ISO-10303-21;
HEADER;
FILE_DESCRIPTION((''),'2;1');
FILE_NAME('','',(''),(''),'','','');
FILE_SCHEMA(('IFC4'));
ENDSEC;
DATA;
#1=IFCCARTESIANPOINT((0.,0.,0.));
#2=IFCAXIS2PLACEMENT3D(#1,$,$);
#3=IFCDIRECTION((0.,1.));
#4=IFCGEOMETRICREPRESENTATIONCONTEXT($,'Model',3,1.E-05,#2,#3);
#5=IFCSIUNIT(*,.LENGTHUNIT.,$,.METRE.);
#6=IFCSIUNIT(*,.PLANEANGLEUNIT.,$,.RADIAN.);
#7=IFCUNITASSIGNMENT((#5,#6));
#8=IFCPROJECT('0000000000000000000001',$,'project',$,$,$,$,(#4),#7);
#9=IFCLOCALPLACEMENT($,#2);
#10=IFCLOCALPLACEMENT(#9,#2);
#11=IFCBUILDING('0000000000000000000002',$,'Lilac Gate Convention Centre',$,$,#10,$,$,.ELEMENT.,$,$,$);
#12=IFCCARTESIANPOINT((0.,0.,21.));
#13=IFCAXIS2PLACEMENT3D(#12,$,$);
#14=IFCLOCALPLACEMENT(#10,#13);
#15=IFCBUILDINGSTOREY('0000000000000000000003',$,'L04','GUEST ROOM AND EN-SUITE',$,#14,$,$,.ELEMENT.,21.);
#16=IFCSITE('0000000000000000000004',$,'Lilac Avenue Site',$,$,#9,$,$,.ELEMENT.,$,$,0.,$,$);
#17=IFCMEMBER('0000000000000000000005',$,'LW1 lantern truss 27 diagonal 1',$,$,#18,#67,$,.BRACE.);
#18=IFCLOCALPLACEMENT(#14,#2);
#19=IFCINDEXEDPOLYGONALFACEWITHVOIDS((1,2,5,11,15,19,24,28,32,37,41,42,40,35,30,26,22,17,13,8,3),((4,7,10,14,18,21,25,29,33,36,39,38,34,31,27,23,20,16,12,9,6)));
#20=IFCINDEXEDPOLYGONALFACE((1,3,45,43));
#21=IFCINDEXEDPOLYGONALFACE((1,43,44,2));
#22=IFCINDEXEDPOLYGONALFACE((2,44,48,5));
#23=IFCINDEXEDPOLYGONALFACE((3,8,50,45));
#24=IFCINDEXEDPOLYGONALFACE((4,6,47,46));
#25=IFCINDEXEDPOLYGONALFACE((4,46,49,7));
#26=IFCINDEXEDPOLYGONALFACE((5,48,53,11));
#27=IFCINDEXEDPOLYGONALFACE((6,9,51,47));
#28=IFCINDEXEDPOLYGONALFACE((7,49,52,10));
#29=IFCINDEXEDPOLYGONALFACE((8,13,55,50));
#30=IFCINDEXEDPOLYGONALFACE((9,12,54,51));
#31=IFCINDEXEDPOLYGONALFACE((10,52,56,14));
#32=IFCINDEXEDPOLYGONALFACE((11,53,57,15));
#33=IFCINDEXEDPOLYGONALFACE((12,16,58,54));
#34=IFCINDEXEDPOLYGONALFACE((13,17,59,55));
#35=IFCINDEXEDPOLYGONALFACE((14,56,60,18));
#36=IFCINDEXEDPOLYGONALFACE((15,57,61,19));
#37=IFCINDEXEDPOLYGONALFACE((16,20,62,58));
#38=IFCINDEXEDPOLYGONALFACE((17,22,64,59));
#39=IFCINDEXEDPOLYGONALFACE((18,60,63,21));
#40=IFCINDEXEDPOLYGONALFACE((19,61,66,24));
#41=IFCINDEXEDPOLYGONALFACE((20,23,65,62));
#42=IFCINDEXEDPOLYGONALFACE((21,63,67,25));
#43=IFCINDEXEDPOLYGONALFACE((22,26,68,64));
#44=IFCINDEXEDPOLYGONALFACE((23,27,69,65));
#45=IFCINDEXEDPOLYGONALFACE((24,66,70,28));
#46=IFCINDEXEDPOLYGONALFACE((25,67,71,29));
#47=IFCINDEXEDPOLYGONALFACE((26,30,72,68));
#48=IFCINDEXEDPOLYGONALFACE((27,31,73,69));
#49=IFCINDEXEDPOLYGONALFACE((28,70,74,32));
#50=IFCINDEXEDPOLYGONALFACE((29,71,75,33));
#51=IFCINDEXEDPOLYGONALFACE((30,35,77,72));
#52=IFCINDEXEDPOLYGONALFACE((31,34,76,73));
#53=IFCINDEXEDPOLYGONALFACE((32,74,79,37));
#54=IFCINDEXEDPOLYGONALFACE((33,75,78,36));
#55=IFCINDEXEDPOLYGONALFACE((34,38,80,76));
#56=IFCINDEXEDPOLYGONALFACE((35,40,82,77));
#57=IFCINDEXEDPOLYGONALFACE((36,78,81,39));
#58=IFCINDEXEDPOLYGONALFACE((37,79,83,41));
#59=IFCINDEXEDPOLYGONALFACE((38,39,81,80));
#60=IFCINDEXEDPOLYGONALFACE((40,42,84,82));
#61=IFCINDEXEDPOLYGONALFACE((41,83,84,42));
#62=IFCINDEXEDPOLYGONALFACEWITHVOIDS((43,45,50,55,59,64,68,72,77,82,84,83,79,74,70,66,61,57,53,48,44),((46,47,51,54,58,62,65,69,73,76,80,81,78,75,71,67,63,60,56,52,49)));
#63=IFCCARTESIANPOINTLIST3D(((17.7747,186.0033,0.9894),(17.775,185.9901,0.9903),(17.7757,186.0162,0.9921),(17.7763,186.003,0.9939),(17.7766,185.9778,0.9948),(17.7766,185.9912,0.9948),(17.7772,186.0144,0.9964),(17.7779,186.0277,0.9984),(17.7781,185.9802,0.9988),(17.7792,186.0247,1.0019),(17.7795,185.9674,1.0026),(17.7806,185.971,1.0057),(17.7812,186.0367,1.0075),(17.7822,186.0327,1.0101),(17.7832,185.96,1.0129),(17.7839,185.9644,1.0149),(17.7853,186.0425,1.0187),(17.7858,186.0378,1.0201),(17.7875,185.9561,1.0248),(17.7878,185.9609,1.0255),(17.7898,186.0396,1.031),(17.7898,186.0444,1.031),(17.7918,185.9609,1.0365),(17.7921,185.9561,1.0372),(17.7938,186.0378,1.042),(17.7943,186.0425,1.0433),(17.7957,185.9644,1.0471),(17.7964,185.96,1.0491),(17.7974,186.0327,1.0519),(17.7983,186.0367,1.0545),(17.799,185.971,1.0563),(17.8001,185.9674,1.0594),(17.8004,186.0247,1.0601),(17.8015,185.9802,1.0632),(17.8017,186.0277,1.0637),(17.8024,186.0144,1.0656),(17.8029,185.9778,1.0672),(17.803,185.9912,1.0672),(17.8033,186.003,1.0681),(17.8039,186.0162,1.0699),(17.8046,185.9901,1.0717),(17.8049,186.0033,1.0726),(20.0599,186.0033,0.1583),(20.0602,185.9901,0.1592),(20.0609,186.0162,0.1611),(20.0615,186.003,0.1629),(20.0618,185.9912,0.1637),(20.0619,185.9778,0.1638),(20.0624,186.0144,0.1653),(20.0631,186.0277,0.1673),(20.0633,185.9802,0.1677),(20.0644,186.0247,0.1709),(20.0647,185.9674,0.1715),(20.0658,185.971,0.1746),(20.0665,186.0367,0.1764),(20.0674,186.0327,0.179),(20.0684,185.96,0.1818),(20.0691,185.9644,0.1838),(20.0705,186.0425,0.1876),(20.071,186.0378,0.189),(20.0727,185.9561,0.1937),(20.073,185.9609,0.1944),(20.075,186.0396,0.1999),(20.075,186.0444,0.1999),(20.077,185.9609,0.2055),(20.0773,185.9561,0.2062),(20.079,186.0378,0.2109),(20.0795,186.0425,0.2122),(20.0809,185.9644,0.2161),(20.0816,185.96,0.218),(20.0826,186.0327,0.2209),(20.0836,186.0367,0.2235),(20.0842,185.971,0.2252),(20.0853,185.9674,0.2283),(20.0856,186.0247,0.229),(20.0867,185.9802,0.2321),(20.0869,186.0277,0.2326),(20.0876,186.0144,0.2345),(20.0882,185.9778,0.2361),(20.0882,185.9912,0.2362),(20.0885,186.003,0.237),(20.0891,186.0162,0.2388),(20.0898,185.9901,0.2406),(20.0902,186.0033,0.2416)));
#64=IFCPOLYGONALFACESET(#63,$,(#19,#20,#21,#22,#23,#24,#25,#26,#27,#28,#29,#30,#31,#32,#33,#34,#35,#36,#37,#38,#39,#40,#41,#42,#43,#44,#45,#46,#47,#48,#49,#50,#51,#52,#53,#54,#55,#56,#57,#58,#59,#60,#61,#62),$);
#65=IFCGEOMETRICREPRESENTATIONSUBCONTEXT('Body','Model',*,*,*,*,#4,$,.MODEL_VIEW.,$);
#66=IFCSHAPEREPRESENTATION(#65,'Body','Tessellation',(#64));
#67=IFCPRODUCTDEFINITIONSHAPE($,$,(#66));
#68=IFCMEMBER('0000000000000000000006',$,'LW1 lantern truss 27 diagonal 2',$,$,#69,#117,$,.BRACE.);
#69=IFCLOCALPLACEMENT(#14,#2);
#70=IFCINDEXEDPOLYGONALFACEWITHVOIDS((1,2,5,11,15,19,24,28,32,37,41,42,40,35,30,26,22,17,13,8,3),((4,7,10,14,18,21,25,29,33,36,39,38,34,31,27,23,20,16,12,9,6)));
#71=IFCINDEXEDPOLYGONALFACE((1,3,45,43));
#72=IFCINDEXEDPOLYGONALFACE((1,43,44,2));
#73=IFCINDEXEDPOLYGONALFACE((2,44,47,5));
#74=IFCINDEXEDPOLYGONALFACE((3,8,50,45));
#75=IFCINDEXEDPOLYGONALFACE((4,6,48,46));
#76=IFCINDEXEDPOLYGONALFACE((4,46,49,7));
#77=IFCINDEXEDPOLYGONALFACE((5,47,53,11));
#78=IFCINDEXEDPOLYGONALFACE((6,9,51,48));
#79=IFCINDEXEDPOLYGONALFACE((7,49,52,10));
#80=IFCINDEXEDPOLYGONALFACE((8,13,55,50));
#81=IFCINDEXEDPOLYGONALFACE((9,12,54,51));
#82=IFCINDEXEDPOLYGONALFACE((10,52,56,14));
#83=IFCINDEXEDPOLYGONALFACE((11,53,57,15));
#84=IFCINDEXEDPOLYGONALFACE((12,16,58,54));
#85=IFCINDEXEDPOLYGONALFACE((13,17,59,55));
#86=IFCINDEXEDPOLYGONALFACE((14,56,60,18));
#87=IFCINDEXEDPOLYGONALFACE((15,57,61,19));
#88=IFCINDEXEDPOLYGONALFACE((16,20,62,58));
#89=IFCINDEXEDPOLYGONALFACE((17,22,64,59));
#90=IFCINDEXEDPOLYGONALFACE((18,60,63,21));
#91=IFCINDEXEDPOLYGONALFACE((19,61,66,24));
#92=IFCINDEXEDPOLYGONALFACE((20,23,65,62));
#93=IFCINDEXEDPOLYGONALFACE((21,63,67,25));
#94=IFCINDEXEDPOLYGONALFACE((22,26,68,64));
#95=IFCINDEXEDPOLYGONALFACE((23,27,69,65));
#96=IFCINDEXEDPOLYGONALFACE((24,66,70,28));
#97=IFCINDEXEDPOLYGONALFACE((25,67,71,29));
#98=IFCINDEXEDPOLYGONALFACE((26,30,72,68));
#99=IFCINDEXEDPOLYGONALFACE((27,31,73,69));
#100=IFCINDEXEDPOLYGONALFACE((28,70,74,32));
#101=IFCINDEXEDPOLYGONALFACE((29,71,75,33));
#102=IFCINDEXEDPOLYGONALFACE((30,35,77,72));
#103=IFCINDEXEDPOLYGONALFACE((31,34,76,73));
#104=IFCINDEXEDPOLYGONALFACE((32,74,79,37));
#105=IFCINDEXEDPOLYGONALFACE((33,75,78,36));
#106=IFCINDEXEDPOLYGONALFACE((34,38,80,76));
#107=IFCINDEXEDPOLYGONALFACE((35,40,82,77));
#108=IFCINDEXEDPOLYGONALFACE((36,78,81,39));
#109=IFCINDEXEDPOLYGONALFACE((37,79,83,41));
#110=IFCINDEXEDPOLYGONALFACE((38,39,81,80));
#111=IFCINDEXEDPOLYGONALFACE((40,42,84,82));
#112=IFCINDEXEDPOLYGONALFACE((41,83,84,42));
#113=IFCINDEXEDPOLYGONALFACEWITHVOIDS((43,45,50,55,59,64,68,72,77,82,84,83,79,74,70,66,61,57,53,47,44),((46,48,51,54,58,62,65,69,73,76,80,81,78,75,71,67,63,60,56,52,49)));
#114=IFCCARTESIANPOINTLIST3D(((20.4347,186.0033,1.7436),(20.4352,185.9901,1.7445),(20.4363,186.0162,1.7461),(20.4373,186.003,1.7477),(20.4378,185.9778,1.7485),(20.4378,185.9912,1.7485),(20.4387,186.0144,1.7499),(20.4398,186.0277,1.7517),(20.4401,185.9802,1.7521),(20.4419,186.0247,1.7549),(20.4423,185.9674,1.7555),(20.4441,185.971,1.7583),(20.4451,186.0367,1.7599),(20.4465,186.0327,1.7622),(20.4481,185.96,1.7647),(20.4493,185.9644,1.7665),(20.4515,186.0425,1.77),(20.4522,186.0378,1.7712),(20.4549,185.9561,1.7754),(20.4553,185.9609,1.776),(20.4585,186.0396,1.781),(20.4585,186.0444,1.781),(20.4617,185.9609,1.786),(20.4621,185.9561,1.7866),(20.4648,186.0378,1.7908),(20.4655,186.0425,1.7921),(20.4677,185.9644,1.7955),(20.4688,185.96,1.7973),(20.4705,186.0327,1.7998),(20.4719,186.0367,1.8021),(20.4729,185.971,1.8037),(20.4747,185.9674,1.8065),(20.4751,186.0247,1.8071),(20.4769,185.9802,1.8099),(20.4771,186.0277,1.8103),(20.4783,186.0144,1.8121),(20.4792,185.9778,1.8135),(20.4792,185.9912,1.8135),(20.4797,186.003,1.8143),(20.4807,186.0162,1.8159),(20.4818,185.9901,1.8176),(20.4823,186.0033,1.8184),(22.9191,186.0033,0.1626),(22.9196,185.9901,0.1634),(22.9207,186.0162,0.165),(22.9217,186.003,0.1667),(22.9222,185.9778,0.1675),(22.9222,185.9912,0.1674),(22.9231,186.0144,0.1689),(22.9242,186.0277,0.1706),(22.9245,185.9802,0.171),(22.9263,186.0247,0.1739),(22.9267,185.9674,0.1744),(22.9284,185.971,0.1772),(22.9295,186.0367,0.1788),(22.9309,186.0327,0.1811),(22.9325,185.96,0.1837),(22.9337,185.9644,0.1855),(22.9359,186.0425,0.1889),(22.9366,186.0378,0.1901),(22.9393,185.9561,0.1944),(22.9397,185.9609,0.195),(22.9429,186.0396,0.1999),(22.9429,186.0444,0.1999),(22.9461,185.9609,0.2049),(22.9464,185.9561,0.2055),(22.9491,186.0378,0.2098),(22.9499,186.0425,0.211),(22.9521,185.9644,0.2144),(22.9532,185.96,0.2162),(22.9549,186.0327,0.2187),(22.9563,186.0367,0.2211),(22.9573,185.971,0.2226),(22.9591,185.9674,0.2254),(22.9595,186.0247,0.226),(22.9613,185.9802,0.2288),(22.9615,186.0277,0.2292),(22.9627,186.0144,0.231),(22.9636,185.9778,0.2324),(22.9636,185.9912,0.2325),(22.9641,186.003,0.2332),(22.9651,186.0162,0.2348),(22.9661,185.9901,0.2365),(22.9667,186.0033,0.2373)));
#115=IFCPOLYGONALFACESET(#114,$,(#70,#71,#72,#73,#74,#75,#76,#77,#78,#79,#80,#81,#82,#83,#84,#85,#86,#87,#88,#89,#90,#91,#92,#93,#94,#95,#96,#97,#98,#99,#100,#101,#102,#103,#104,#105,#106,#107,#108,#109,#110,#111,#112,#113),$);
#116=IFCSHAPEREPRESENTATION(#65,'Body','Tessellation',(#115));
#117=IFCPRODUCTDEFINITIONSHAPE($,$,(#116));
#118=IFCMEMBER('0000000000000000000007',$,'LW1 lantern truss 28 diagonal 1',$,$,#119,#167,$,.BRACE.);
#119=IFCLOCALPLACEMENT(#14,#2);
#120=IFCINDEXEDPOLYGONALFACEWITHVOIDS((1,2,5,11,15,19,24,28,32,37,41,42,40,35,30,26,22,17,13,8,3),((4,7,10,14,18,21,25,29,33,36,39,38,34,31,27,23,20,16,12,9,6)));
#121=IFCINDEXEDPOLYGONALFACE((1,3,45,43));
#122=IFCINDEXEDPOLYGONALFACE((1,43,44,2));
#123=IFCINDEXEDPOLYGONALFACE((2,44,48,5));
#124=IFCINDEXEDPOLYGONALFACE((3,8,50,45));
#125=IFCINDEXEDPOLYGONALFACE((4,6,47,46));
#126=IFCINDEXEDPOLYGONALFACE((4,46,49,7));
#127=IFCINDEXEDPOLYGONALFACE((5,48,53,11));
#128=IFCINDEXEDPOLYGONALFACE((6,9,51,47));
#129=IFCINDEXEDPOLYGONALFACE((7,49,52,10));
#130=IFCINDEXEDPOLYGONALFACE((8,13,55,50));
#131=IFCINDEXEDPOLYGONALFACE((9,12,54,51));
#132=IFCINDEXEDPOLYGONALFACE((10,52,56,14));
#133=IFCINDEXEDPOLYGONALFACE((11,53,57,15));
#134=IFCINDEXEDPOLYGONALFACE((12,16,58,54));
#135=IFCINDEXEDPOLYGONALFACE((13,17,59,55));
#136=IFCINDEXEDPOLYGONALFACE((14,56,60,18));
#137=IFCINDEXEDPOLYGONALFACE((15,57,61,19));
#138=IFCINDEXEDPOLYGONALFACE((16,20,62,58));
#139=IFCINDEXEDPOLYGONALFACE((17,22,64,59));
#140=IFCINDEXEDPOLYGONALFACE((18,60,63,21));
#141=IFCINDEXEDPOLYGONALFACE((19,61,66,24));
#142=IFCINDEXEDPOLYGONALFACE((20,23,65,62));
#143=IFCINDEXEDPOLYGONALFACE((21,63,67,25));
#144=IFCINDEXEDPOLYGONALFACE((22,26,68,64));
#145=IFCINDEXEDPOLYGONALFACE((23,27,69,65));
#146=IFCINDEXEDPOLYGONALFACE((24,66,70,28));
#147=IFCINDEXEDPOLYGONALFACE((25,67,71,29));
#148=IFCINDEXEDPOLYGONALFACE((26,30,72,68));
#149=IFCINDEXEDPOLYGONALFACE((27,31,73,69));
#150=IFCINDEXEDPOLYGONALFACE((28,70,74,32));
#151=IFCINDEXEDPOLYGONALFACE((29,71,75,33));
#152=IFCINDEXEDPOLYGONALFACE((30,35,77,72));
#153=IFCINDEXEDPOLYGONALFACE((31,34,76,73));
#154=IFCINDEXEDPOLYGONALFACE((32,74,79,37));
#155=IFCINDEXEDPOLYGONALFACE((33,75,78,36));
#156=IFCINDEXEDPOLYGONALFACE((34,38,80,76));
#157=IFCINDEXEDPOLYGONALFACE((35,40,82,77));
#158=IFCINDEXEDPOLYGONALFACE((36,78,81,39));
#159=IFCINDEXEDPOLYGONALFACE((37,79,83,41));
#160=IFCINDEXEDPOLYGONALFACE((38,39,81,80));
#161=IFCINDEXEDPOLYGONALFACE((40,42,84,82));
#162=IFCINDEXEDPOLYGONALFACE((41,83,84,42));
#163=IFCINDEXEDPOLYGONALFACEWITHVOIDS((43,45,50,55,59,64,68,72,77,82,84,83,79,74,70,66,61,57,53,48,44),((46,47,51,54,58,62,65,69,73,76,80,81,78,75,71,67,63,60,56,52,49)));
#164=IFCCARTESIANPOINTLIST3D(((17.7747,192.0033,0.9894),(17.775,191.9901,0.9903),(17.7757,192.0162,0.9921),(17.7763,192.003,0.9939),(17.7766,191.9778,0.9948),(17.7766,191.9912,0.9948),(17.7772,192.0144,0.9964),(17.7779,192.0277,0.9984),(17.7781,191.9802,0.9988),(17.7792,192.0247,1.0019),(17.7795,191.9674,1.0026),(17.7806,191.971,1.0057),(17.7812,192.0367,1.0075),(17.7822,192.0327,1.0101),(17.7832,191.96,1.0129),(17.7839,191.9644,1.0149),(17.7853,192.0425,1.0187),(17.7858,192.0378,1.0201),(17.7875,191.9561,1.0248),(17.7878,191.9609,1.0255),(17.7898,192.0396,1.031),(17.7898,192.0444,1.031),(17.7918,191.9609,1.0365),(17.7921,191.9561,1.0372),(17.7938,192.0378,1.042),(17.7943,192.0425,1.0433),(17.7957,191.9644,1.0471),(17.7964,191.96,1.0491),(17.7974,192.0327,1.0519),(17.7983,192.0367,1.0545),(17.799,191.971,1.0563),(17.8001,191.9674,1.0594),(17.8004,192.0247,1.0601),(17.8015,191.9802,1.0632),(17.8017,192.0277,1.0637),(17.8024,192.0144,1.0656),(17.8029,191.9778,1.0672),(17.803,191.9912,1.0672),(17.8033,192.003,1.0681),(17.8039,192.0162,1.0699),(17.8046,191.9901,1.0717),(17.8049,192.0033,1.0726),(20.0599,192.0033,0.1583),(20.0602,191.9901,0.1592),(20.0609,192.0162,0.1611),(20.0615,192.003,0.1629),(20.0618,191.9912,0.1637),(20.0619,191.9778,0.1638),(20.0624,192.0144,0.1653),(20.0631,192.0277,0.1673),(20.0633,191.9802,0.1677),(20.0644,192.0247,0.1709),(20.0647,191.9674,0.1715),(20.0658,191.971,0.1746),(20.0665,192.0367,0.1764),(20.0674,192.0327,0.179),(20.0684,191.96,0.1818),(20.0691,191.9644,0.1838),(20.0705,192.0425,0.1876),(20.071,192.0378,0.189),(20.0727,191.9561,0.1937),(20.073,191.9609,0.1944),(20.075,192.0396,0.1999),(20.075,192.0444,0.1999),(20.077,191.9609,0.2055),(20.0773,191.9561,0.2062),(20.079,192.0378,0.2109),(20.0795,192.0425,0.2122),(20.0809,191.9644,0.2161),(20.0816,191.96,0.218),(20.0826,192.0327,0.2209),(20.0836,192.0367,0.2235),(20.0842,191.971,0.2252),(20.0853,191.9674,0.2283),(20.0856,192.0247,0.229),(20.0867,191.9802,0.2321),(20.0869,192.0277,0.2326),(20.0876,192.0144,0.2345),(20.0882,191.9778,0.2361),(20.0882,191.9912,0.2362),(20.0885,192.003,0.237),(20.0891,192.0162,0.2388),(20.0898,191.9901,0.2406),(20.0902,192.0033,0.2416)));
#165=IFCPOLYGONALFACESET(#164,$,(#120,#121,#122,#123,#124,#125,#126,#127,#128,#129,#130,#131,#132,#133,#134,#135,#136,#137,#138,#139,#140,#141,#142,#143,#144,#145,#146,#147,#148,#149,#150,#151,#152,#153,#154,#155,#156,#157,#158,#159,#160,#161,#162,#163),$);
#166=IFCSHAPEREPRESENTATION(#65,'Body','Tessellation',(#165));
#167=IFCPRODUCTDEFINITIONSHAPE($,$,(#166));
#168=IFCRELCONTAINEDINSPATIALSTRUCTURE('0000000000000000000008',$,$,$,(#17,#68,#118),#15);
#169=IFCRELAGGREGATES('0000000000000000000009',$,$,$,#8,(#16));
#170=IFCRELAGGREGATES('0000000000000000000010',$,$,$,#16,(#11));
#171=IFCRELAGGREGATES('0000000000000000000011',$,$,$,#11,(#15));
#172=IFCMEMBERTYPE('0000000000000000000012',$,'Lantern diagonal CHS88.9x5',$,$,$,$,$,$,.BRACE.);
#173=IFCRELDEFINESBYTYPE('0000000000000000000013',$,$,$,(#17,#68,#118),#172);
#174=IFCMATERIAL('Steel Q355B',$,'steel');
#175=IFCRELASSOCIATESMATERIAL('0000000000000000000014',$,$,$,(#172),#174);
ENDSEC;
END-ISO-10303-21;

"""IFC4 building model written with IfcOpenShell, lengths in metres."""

from ifc_helpers import new_model, si_unit, direction, frame, origin, origin_2d, place, context, subcontext, project, spatial, hollow_circle, extrude, material, material_profile, profile_set, type_object, element, save


model = new_model("IFC4")

# Units and contexts
model_context = context("Model", 3, precision=1e-05, world=origin(), true_north=direction((0.0, 1.0)))
body_context = subcontext(model_context, "Body", "Model", "MODEL_VIEW")
ifc_project = project(units=[si_unit("LENGTHUNIT", "METRE"), si_unit("PLANEANGLEUNIT", "RADIAN")], contexts=[model_context])

# Site, building, storey
site_placement = place(None, origin())
site = spatial("IfcSite", under=ifc_project, at=site_placement, Name="Lilac Avenue Site", CompositionType="ELEMENT", RefElevation=0.0)
building_placement = place(site_placement, origin())
building = spatial("IfcBuilding", under=site, at=building_placement, Name="Lilac Gate Convention Centre", CompositionType="ELEMENT")
storey_placement = place(building_placement, frame((0.0, 0.0, 21.0)))
storey = spatial("IfcBuildingStorey", under=building, at=storey_placement, Name="L04", Description="GUEST ROOM AND EN-SUITE", CompositionType="ELEMENT", Elevation=21.0)

# Members
ifc_material_1 = material(Name="Steel Q355B", Category="steel")
ifc_material_profile_1 = material_profile(ifc_material_1, hollow_circle(Radius=0.0444, WallThickness=0.0049, at=origin_2d()), Name="CHS88.9x5")
ifc_profile_set_1 = profile_set([ifc_material_profile_1], Name="Steel Q355B")
member_type_1 = type_object("IfcMemberType", Name="Lantern diagonal CHS88.9x5", PredefinedType="BRACE", material=ifc_profile_set_1)
member_1_placement = place(storey_placement, frame((17.7898, 186.0, 1.031), z_axis=(0.939782, 0.0, -0.341775), x_axis=(0.0, 1.0, 0.0)))
element("IfcMember", 1, at=member_1_placement, inside=storey, type_object=member_type_1, Name="LW1 lantern truss 27 diagonal 1", PredefinedType="BRACE", context=body_context, shape_type="SweptSolid", body=[
    extrude(hollow_circle(Radius=0.0444, WallThickness=0.0049, at=origin_2d()), origin(), (0.0, 0.0, 1.0), 2.4316),
])
member_2_placement = place(storey_placement, frame((20.4585, 186.0, 1.781), z_axis=(0.843648, 0.0, -0.536897), x_axis=(0.0, 1.0, 0.0)))
element("IfcMember", 2, at=member_2_placement, inside=storey, type_object=member_type_1, Name="LW1 lantern truss 27 diagonal 2", PredefinedType="BRACE", context=body_context, shape_type="SweptSolid", body=[
    extrude(hollow_circle(Radius=0.0444, WallThickness=0.0049, at=origin_2d()), origin(), (0.0, 0.0, 1.0), 2.9448),
])
member_3_placement = place(storey_placement, frame((17.7898, 192.0, 1.031), z_axis=(0.939782, 0.0, -0.341775), x_axis=(0.0, 1.0, 0.0)))
element("IfcMember", 3, at=member_3_placement, inside=storey, type_object=member_type_1, Name="LW1 lantern truss 28 diagonal 1", PredefinedType="BRACE", context=body_context, shape_type="SweptSolid", body=[
    extrude(hollow_circle(Radius=0.0444, WallThickness=0.0049, at=origin_2d()), origin(), (0.0, 0.0, 1.0), 2.4316),
])

save(model, "model.ifc")
